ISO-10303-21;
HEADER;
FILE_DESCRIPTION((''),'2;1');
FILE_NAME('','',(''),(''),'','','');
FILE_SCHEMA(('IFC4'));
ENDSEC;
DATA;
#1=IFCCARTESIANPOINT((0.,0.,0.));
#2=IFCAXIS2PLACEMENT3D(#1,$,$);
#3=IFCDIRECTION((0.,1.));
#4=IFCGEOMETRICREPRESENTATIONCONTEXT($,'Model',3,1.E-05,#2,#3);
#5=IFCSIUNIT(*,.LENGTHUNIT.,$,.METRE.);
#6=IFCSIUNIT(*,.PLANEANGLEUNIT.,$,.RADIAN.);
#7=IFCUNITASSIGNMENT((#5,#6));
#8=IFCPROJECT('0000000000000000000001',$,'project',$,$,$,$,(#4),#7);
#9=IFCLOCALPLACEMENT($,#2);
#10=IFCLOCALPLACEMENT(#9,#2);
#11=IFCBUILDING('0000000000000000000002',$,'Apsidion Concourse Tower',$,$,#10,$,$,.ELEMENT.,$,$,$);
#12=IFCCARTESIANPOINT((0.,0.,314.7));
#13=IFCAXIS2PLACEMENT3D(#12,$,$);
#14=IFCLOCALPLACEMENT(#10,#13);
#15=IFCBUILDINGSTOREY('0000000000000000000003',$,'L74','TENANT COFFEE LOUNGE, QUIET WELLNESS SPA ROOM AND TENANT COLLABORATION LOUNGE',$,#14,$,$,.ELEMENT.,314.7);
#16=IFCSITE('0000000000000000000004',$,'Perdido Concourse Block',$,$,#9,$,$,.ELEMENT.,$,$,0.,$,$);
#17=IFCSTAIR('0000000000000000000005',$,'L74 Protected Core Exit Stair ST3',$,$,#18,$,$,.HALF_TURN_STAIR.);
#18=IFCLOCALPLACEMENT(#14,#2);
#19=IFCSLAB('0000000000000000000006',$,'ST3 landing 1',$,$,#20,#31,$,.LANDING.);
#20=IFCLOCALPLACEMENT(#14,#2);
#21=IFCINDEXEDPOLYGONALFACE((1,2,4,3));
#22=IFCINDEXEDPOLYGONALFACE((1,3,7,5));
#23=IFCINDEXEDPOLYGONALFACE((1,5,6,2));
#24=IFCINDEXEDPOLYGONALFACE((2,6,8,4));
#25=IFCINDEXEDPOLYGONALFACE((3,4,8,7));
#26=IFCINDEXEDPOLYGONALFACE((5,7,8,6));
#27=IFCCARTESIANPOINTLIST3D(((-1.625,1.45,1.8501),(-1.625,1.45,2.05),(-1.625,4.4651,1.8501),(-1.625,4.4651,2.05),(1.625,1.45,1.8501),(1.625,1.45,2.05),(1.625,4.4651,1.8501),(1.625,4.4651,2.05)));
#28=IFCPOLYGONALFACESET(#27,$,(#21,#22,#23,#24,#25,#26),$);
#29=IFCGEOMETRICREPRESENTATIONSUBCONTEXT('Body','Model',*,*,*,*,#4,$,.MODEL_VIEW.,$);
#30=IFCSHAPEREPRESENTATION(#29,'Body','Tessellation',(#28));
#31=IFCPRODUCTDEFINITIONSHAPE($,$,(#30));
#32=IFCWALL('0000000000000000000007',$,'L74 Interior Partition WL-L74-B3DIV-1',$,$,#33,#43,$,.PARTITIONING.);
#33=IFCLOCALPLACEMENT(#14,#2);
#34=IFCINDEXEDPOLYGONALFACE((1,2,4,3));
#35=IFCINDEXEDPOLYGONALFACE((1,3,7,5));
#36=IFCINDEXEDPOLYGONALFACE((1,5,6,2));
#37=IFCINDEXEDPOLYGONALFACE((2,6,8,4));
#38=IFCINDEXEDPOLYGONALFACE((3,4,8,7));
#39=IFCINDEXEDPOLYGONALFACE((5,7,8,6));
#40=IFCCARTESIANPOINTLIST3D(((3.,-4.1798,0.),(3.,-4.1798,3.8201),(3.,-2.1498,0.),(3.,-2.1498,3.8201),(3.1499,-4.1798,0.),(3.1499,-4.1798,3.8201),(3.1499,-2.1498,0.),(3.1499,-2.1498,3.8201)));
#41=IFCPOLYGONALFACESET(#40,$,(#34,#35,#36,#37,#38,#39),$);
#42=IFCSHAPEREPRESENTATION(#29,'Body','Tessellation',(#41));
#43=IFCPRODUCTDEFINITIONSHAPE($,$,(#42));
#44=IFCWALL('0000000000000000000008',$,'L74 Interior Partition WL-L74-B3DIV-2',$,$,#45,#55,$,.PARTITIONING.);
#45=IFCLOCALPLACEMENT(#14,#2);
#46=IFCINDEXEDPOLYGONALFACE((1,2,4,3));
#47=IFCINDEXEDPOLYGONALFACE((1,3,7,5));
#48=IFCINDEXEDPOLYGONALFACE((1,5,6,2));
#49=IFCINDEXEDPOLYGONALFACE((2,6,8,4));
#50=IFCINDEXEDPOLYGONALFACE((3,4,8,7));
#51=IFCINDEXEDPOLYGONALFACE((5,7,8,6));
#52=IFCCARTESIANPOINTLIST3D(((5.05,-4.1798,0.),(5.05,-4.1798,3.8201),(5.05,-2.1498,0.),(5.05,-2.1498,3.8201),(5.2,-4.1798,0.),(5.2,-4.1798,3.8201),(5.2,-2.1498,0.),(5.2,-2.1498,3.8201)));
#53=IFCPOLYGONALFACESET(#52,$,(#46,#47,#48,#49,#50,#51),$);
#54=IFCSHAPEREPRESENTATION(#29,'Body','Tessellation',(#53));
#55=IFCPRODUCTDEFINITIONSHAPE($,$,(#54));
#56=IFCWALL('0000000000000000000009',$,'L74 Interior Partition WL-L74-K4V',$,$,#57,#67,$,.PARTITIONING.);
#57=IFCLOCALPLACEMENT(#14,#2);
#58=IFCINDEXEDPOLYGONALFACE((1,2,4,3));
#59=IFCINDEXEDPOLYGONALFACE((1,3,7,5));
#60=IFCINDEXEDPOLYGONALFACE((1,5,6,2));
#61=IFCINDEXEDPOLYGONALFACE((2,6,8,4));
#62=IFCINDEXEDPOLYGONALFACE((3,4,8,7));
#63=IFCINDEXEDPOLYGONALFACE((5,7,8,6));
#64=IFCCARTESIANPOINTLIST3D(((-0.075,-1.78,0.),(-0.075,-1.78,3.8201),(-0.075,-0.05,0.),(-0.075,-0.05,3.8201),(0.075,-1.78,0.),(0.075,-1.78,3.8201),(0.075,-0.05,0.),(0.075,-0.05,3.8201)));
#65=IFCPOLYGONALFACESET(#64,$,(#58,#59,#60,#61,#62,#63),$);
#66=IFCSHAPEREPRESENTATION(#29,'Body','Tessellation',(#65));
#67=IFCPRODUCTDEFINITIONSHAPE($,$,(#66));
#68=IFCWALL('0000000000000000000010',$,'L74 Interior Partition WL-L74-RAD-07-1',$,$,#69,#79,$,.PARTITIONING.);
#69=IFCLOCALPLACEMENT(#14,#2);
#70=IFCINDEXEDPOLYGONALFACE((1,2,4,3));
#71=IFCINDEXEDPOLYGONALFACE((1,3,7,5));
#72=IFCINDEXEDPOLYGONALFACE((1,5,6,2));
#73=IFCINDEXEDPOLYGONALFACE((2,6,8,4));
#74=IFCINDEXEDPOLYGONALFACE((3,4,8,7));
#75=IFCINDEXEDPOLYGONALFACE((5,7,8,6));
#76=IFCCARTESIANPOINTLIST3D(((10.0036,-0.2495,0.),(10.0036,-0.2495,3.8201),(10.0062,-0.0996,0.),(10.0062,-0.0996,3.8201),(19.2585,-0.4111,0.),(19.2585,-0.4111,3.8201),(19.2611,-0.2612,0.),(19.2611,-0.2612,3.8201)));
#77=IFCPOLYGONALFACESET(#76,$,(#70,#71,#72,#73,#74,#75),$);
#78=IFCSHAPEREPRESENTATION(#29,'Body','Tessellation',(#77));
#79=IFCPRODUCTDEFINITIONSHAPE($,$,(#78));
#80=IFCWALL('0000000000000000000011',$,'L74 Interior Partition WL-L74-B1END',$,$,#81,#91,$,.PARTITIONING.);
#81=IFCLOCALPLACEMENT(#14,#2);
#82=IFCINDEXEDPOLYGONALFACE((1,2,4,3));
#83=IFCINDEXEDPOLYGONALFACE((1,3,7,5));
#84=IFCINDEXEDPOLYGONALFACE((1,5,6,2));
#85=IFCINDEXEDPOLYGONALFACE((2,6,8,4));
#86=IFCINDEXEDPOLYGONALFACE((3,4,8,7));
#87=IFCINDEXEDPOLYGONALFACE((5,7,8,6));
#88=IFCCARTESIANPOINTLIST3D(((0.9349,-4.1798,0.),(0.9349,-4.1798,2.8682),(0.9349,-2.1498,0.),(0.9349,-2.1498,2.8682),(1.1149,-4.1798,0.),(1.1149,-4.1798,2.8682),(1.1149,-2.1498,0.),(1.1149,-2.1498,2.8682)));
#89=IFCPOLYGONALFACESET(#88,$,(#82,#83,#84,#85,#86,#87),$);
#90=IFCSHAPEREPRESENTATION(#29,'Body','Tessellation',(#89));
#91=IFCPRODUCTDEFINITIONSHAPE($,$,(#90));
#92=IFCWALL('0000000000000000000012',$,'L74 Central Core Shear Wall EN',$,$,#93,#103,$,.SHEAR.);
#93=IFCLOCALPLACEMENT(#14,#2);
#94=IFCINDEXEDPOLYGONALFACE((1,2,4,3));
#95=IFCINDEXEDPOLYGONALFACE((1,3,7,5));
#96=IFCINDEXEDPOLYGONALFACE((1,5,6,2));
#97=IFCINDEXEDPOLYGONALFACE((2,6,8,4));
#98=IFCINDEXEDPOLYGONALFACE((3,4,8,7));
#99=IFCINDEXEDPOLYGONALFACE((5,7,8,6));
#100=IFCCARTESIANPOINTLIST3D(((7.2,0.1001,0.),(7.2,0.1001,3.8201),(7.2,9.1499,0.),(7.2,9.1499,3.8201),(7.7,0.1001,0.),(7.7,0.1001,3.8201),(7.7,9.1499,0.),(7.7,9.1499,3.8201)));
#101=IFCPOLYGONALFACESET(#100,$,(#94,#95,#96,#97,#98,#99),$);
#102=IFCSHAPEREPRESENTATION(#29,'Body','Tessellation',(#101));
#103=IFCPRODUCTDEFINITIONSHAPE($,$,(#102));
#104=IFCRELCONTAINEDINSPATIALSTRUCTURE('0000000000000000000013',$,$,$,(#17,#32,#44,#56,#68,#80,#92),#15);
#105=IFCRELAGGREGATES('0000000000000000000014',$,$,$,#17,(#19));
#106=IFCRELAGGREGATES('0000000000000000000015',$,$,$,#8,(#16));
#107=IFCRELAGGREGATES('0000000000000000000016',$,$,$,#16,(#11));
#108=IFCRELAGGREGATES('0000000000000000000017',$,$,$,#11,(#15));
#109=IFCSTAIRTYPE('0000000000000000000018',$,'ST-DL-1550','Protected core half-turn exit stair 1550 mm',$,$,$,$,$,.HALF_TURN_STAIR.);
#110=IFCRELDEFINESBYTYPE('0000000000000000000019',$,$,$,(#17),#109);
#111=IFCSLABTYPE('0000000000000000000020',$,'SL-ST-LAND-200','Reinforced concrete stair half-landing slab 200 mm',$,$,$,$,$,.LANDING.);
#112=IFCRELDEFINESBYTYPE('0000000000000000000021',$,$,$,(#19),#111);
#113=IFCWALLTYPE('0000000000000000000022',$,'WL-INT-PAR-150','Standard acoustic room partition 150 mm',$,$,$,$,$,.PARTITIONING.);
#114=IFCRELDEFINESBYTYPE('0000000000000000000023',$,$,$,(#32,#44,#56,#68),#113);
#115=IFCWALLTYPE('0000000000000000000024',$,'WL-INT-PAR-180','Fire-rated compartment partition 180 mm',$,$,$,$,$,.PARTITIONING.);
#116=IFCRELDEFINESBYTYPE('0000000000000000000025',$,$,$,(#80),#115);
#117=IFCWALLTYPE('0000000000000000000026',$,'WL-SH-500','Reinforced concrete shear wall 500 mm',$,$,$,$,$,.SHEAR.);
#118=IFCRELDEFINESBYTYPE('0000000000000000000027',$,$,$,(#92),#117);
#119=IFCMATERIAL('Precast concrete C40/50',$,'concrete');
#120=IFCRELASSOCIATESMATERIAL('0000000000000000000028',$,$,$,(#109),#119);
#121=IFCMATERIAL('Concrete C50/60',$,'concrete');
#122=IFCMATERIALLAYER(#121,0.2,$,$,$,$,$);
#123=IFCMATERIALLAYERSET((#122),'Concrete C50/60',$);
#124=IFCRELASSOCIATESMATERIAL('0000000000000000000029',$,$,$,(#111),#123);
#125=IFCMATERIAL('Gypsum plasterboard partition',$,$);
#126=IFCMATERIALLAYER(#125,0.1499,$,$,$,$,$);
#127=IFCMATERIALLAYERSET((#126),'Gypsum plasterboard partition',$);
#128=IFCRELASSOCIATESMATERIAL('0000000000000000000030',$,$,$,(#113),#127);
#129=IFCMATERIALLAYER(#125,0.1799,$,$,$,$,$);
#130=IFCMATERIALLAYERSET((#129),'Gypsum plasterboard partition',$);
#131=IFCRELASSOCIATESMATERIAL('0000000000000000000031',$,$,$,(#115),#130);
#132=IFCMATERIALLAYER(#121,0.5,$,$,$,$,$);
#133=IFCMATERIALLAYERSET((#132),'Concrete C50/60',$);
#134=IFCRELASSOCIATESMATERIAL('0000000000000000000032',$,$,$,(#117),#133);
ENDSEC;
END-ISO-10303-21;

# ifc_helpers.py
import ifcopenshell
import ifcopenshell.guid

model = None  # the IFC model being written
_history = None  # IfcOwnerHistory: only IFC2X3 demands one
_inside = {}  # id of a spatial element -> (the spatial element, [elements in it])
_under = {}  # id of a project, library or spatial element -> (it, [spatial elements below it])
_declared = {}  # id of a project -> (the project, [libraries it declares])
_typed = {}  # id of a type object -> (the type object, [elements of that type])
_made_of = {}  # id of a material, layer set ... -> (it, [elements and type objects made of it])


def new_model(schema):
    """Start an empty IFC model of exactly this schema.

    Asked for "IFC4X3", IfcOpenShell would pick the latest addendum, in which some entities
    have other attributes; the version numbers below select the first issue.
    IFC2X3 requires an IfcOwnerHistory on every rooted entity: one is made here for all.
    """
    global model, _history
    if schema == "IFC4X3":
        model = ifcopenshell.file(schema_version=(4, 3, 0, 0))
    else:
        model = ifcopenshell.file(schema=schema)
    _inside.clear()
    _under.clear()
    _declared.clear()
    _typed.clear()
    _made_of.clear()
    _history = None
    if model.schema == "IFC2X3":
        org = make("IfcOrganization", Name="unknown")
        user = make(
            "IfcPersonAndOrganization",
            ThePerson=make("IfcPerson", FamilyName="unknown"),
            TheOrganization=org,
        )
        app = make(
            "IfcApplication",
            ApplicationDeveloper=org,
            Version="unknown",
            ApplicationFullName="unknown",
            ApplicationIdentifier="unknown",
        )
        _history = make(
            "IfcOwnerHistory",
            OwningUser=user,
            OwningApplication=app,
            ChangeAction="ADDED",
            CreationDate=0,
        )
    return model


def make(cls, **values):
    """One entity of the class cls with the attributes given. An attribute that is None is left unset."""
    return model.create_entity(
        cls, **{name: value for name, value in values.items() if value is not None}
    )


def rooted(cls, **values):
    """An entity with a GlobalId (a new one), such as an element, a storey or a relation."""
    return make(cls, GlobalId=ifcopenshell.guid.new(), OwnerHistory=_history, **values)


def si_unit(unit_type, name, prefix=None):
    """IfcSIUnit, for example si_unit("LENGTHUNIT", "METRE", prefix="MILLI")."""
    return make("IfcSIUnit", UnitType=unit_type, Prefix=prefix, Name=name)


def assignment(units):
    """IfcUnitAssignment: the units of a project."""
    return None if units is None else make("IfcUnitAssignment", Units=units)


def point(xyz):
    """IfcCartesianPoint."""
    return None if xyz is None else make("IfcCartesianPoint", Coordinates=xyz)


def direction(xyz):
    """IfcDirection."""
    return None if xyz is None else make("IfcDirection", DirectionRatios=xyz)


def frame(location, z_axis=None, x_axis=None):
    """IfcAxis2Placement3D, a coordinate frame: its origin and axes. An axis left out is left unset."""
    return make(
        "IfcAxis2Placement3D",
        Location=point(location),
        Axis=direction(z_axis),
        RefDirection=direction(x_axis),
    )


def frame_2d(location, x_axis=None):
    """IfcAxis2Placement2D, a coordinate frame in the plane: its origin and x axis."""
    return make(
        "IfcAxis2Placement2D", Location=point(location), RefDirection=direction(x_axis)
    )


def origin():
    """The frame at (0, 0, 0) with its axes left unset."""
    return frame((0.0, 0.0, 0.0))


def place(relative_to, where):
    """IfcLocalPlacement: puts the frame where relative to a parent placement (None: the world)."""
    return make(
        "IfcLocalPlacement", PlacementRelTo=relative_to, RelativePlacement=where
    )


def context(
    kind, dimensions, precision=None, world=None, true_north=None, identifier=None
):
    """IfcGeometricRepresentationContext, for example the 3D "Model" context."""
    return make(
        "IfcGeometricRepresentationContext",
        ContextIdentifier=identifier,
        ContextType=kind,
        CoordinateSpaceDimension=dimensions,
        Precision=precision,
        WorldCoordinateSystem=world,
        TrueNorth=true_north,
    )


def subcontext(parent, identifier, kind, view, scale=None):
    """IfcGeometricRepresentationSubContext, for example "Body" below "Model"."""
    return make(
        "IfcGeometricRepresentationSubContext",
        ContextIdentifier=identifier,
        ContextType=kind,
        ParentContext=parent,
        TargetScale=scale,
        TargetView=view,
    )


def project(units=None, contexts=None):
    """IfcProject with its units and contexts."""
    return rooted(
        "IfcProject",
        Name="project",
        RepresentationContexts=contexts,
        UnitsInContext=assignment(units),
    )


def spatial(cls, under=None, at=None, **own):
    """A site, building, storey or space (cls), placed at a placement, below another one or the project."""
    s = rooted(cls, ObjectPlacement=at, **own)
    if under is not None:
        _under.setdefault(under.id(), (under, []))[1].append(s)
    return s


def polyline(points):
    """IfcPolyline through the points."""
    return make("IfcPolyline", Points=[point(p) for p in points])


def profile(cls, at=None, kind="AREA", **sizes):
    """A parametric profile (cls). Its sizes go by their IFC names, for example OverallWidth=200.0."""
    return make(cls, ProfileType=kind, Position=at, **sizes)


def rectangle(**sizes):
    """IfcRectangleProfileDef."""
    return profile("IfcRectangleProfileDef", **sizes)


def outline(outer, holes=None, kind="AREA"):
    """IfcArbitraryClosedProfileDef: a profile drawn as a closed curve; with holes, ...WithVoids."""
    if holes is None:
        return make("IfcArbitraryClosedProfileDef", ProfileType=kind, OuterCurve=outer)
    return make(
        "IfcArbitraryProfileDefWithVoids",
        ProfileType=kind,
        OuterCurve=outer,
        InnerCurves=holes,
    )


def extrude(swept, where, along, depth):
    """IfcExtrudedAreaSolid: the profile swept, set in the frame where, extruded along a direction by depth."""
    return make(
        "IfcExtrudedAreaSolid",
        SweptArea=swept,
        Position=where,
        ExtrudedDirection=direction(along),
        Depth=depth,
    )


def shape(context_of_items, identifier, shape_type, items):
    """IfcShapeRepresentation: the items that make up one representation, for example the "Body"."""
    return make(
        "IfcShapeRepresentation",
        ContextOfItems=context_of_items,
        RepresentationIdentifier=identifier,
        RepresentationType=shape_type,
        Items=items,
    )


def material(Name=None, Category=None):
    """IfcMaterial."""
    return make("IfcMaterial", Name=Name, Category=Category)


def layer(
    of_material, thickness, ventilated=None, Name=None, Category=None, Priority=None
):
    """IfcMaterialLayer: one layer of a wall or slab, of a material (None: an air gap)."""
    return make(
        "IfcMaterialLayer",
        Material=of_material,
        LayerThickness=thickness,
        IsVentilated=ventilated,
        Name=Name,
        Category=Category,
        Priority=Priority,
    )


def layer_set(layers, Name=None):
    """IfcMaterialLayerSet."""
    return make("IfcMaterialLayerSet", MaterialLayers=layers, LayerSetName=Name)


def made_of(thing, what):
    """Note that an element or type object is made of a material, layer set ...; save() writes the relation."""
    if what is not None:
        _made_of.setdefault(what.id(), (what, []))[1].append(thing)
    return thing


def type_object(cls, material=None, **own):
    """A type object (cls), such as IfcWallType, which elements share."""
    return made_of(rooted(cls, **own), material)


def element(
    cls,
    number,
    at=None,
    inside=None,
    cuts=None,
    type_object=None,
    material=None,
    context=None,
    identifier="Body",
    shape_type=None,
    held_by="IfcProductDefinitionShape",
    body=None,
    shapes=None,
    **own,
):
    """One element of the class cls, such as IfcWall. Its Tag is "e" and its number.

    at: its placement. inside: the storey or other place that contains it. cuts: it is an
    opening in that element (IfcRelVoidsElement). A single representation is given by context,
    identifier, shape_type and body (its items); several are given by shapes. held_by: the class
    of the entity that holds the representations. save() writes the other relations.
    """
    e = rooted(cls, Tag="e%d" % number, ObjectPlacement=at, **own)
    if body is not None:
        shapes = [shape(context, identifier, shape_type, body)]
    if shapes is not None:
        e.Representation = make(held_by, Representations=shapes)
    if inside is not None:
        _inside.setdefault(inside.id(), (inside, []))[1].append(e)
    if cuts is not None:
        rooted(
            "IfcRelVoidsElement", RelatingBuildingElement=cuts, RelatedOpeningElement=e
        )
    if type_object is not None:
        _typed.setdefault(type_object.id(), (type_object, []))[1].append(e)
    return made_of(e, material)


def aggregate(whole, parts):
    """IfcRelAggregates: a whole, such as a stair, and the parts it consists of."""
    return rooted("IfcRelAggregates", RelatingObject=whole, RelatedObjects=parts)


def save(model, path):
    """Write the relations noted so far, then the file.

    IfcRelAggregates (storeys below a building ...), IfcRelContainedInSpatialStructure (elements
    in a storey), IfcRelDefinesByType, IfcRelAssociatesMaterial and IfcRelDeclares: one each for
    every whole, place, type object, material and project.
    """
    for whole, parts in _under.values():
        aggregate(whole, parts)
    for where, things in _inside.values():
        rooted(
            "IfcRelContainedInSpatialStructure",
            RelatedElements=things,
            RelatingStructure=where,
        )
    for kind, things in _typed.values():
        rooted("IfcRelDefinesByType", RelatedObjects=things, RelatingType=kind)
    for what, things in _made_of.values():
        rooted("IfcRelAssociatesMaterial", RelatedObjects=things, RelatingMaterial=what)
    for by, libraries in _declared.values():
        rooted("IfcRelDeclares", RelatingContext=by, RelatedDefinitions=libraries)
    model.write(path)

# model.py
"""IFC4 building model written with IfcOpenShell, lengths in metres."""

from ifc_helpers import new_model, si_unit, direction, frame, frame_2d, origin, place, context, subcontext, project, spatial, polyline, rectangle, outline, extrude, material, layer, layer_set, type_object, element, aggregate, save


model = new_model("IFC4")

# Units and contexts
model_context = context("Model", 3, precision=1e-05, world=origin(), true_north=direction((0.0, 1.0)))
body_context = subcontext(model_context, "Body", "Model", "MODEL_VIEW")
ifc_project = project(units=[si_unit("LENGTHUNIT", "METRE"), si_unit("PLANEANGLEUNIT", "RADIAN")], contexts=[model_context])

# Site, building, storey
site_placement = place(None, origin())
site = spatial("IfcSite", under=ifc_project, at=site_placement, Name="Perdido Concourse Block", CompositionType="ELEMENT", RefElevation=0.0)
building_placement = place(site_placement, origin())
building = spatial("IfcBuilding", under=site, at=building_placement, Name="Apsidion Concourse Tower", CompositionType="ELEMENT")
storey_placement = place(building_placement, frame((0.0, 0.0, 314.7)))
storey = spatial("IfcBuildingStorey", under=building, at=storey_placement, Name="L74", Description="TENANT COFFEE LOUNGE, QUIET WELLNESS SPA ROOM AND TENANT COLLABORATION LOUNGE", CompositionType="ELEMENT", Elevation=314.7)

# Shared definitions
ifc_material_1 = material(Name="Concrete C50/60", Category="concrete")

# Stair, slab
ifc_material_2 = material(Name="Precast concrete C40/50", Category="concrete")
stair_type = type_object("IfcStairType", Name="ST-DL-1550", Description="Protected core half-turn exit stair 1550 mm", PredefinedType="HALF_TURN_STAIR", material=ifc_material_2)
ifc_layer_1 = layer(ifc_material_1, 0.2)
ifc_layer_set_1 = layer_set([ifc_layer_1], Name="Concrete C50/60")
slab_type_1 = type_object("IfcSlabType", Name="SL-ST-LAND-200", Description="Reinforced concrete stair half-landing slab 200 mm", PredefinedType="LANDING", material=ifc_layer_set_1)
stair_1_placement = place(storey_placement, origin())
stair_1 = element("IfcStair", 1, at=stair_1_placement, inside=storey, type_object=stair_type, Name="L74 Protected Core Exit Stair ST3", PredefinedType="HALF_TURN_STAIR")
slab_1_placement = place(storey_placement, frame((0.0, 0.0, 1.8501)))
slab_1 = element("IfcSlab", 2, at=slab_1_placement, type_object=slab_type_1, Name="ST3 landing 1", PredefinedType="LANDING", context=body_context, shape_type="SweptSolid", body=[
    extrude(outline(polyline([(-1.625, 4.4651), (-1.625, 1.45), (1.625, 1.45), (1.625, 4.4651), (-1.625, 4.4651)])), origin(), (0.0, 0.0, 1.0), 0.2),
])
aggregate(stair_1, [slab_1])

# Walls
ifc_material_3 = material(Name="Gypsum plasterboard partition")
ifc_layer_2 = layer(ifc_material_3, 0.1499)
ifc_layer_set_2 = layer_set([ifc_layer_2], Name="Gypsum plasterboard partition")
wall_type_1 = type_object("IfcWallType", Name="WL-INT-PAR-150", Description="Standard acoustic room partition 150 mm", PredefinedType="PARTITIONING", material=ifc_layer_set_2)
for number, where, z_axis, x_axis, name in (
    (3, (3.075, -4.1799, 0.0), (0.0, 0.0, 1.0), (0.0, 1.0, 0.0), "L74 Interior Partition WL-L74-B3DIV-1"),
    (4, (5.125, -4.1799, 0.0), (0.0, 0.0, 1.0), (0.0, 1.0, 0.0), "L74 Interior Partition WL-L74-B3DIV-2"),
):
    element("IfcWall", number, at=place(storey_placement, frame(where, z_axis=z_axis, x_axis=x_axis)), inside=storey, type_object=wall_type_1, Name=name, PredefinedType="PARTITIONING", context=body_context, shape_type="SweptSolid", body=[
        extrude(rectangle(XDim=2.03, YDim=0.1499, at=frame_2d((1.0151, 0.0))), origin(), (0.0, 0.0, 1.0), 3.8201),
    ])
wall_1_placement = place(storey_placement, frame((0.0, -1.78, 0.0), z_axis=(0.0, 0.0, 1.0), x_axis=(0.0, 1.0, 0.0)))
element("IfcWall", 5, at=wall_1_placement, inside=storey, type_object=wall_type_1, Name="L74 Interior Partition WL-L74-K4V", PredefinedType="PARTITIONING", context=body_context, shape_type="SweptSolid", body=[
    extrude(rectangle(XDim=1.73, YDim=0.1499, at=frame_2d((0.865, 0.0))), origin(), (0.0, 0.0, 1.0), 3.8201),
])
wall_2_placement = place(storey_placement, frame((10.0049, -0.1746, 0.0), z_axis=(0.0, 0.0, 1.0), x_axis=(0.999848, -0.017461, 0.0)))
element("IfcWall", 6, at=wall_2_placement, inside=storey, type_object=wall_type_1, Name="L74 Interior Partition WL-L74-RAD-07-1", PredefinedType="PARTITIONING", context=body_context, shape_type="SweptSolid", body=[
    extrude(rectangle(XDim=9.2563, YDim=0.1499, at=frame_2d((4.6282, 0.0))), origin(), (0.0, 0.0, 1.0), 3.8201),
])
ifc_layer_3 = layer(ifc_material_3, 0.1799)
ifc_layer_set_3 = layer_set([ifc_layer_3], Name="Gypsum plasterboard partition")
wall_type_2 = type_object("IfcWallType", Name="WL-INT-PAR-180", Description="Fire-rated compartment partition 180 mm", PredefinedType="PARTITIONING", material=ifc_layer_set_3)
wall_3_placement = place(storey_placement, frame((1.0249, -4.1799, 0.0), z_axis=(0.0, 0.0, 1.0), x_axis=(0.0, 1.0, 0.0)))
element("IfcWall", 7, at=wall_3_placement, inside=storey, type_object=wall_type_2, Name="L74 Interior Partition WL-L74-B1END", PredefinedType="PARTITIONING", context=body_context, shape_type="SweptSolid", body=[
    extrude(rectangle(XDim=2.03, YDim=0.1799, at=frame_2d((1.0151, 0.0))), origin(), (0.0, 0.0, 1.0), 2.8682),
])

# Wall
ifc_layer_4 = layer(ifc_material_1, 0.5)
ifc_layer_set_4 = layer_set([ifc_layer_4], Name="Concrete C50/60")
wall_type_3 = type_object("IfcWallType", Name="WL-SH-500", Description="Reinforced concrete shear wall 500 mm", PredefinedType="SHEAR", material=ifc_layer_set_4)
wall_4_placement = place(storey_placement, frame((7.45, 0.1001, 0.0), z_axis=(0.0, 0.0, 1.0), x_axis=(0.0, 1.0, 0.0)))
element("IfcWall", 8, at=wall_4_placement, inside=storey, type_object=wall_type_3, Name="L74 Central Core Shear Wall EN", PredefinedType="SHEAR", context=body_context, shape_type="SweptSolid", body=[
    extrude(rectangle(XDim=9.0498, YDim=0.5, at=frame_2d((4.5249, 0.0))), origin(), (0.0, 0.0, 1.0), 3.8201),
])

save(model, "model.ifc")
